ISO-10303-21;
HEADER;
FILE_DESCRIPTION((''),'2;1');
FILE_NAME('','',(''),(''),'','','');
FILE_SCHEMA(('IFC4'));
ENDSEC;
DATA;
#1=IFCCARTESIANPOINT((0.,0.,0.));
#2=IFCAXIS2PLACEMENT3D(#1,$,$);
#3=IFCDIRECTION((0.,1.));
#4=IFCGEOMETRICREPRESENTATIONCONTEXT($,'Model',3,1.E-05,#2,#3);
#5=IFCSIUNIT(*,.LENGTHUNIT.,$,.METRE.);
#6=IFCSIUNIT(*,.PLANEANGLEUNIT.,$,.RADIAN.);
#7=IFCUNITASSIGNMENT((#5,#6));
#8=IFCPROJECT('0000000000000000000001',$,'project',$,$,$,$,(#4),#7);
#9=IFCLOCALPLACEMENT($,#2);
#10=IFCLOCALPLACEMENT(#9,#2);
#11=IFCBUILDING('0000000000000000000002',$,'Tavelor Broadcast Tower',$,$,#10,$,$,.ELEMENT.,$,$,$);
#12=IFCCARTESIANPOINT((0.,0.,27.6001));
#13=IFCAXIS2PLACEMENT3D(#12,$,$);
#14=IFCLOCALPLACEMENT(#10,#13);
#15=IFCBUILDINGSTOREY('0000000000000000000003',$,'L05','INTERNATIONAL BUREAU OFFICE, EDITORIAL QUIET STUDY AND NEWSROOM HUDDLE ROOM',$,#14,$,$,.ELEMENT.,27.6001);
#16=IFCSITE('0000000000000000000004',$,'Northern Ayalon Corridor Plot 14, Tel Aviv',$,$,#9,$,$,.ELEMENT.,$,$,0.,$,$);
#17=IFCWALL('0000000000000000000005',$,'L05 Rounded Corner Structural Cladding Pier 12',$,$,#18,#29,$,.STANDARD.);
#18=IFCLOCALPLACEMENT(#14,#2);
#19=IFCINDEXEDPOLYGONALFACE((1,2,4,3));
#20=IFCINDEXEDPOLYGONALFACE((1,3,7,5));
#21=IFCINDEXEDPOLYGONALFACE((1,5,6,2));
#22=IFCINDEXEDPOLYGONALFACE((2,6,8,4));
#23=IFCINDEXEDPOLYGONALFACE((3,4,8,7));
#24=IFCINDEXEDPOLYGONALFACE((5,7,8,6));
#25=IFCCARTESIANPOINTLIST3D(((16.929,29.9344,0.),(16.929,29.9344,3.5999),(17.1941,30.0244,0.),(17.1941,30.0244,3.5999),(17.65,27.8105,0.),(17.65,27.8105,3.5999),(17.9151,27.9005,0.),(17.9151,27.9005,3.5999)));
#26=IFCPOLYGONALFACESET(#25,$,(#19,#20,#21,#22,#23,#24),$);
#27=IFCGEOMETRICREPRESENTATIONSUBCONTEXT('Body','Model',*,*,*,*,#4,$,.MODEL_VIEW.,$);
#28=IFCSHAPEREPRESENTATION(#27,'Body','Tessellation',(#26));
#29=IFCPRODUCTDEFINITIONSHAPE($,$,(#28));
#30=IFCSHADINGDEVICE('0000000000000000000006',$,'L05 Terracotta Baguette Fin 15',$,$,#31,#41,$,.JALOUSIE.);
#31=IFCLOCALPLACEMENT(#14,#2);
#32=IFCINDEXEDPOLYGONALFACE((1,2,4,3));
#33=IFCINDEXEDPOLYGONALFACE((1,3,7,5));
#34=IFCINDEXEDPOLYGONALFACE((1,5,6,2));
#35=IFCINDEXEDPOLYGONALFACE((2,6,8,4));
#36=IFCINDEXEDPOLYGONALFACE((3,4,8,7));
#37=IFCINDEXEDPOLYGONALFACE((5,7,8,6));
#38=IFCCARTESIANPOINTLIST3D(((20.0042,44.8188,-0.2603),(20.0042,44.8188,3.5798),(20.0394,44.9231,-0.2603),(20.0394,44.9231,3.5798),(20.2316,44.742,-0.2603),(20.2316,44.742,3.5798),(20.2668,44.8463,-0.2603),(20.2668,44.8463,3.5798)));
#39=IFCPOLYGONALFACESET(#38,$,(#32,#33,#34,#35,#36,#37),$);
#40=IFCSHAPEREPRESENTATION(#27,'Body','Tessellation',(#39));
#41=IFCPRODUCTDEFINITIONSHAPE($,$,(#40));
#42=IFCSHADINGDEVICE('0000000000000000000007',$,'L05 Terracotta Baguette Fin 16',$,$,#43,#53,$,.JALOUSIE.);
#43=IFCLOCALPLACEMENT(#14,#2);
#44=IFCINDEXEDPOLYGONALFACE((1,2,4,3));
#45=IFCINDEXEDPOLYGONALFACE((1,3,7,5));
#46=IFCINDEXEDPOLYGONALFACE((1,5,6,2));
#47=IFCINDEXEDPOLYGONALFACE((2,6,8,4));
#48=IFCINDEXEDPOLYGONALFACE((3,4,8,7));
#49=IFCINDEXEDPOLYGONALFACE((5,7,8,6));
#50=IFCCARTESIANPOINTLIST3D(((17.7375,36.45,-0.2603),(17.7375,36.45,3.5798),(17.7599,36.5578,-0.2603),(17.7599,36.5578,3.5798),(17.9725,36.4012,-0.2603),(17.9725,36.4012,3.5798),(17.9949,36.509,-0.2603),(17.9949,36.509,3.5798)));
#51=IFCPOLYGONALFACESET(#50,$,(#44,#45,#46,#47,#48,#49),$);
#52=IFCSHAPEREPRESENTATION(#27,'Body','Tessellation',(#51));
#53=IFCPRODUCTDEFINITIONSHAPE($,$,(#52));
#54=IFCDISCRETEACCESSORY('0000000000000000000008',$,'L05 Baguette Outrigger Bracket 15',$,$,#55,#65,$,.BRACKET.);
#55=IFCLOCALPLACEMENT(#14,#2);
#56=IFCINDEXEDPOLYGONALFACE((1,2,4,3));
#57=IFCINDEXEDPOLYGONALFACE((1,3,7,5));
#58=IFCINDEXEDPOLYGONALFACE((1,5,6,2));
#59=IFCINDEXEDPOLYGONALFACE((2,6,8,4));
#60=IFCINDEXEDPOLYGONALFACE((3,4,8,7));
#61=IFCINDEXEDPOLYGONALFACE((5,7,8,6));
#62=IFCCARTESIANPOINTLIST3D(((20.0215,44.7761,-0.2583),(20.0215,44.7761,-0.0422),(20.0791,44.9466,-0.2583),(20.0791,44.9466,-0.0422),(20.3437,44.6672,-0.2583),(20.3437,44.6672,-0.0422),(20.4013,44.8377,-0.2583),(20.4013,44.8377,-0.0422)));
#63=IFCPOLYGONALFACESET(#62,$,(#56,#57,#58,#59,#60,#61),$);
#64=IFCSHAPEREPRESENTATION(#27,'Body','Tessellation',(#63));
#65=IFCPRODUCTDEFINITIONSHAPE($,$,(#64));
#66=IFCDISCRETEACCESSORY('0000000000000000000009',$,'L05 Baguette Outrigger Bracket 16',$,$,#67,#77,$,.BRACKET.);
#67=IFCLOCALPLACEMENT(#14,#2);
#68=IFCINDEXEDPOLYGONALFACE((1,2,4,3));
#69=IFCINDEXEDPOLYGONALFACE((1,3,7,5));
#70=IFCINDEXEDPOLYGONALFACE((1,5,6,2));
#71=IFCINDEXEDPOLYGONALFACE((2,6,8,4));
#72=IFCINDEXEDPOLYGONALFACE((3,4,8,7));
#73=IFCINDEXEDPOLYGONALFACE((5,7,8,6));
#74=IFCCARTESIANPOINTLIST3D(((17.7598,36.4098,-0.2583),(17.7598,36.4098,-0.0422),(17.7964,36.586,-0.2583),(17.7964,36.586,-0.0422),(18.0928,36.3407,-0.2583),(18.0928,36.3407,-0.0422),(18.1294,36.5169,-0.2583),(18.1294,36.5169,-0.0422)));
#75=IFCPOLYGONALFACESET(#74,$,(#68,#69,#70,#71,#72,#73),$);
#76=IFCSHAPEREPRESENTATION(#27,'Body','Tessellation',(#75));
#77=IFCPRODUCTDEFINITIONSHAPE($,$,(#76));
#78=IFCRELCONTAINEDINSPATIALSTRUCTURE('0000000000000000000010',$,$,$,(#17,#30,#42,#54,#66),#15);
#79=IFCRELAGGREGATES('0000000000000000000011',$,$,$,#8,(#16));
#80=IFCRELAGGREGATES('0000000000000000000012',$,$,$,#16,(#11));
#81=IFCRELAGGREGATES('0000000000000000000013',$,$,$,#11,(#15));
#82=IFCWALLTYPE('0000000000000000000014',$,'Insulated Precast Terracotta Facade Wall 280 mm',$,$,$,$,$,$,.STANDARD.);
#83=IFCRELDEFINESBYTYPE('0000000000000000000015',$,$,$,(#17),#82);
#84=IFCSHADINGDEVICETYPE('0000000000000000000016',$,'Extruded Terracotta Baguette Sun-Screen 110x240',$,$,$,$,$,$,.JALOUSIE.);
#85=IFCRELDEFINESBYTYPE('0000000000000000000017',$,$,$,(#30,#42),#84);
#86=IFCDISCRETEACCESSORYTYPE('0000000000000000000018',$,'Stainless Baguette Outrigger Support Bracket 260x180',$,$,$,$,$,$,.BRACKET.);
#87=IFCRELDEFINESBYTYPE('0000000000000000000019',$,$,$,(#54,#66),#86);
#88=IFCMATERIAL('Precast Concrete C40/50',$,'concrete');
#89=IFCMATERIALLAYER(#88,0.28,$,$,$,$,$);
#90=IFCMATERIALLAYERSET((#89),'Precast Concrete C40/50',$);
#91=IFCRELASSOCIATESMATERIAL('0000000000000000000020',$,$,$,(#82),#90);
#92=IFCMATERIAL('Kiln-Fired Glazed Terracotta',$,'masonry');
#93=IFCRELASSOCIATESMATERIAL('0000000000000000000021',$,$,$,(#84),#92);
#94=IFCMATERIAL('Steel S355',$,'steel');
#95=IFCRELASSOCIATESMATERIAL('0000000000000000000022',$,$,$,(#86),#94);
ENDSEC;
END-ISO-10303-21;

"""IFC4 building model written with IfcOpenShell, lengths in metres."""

from ifc_helpers import new_model, si_unit, direction, frame, frame_2d, origin, origin_2d, place, context, subcontext, project, spatial, rectangle, extrude, source, transform, mapped, material, layer, layer_set, type_object, type_shapes, element, save


model = new_model("IFC4")

# Units and contexts
model_context = context("Model", 3, precision=1e-05, world=origin(), true_north=direction((0.0, 1.0)))
body_context = subcontext(model_context, "Body", "Model", "MODEL_VIEW")
ifc_project = project(units=[si_unit("LENGTHUNIT", "METRE"), si_unit("PLANEANGLEUNIT", "RADIAN")], contexts=[model_context])

# Site, building, storey
site_placement = place(None, origin())
site = spatial("IfcSite", under=ifc_project, at=site_placement, Name="Northern Ayalon Corridor Plot 14, Tel Aviv", CompositionType="ELEMENT", RefElevation=0.0)
building_placement = place(site_placement, origin())
building = spatial("IfcBuilding", under=site, at=building_placement, Name="Tavelor Broadcast Tower", CompositionType="ELEMENT")
storey_placement = place(building_placement, frame((0.0, 0.0, 27.6001)))
storey = spatial("IfcBuildingStorey", under=building, at=storey_placement, Name="L05", Description="INTERNATIONAL BUREAU OFFICE, EDITORIAL QUIET STUDY AND NEWSROOM HUDDLE ROOM", CompositionType="ELEMENT", Elevation=27.6001)

# Shared definitions
ifc_material_1 = material(Name="Steel S355", Category="steel")

# Wall
ifc_material_2 = material(Name="Precast Concrete C40/50", Category="concrete")
ifc_layer_1 = layer(ifc_material_2, 0.28)
ifc_layer_set_1 = layer_set([ifc_layer_1], Name="Precast Concrete C40/50")
wall_type_1 = type_object("IfcWallType", Name="Insulated Precast Terracotta Facade Wall 280 mm", PredefinedType="STANDARD", material=ifc_layer_set_1)
wall_1_placement = place(storey_placement, frame((17.0615, 29.9795, 0.0), z_axis=(0.0, 0.0, 1.0), x_axis=(0.321448, -0.946927, 0.0)))
element("IfcWall", 1, at=wall_1_placement, inside=storey, type_object=wall_type_1, Name="L05 Rounded Corner Structural Cladding Pier 12", PredefinedType="STANDARD", context=body_context, shape_type="SweptSolid", body=[
    extrude(rectangle(XDim=2.2429, YDim=0.28, at=frame_2d((1.1216, 0.0))), origin(), (0.0, 0.0, 1.0), 3.5999),
])

# Shading devices
ifc_material_3 = material(Name="Kiln-Fired Glazed Terracotta", Category="masonry")
shading_device_type = type_object("IfcShadingDeviceType", Name="Extruded Terracotta Baguette Sun-Screen 110x240", PredefinedType="JALOUSIE", material=ifc_material_3)
shared_shape_1 = source(origin(), body_context, "Body", "SweptSolid", [
    extrude(rectangle(XDim=0.1101, YDim=0.24, at=origin_2d()), origin(), (0.0, 0.0, 1.0), 3.8401),
])
type_shapes(shading_device_type, [shared_shape_1])
for number, where, z_axis, x_axis, name in (
    (2, (20.1355, 44.8325, -0.2603), (0.0, 0.0, 1.0), (-0.320117, -0.947378, 0.0), "L05 Terracotta Baguette Fin 15"),
    (3, (17.8662, 36.4795, -0.2603), (0.0, 0.0, 1.0), (-0.203129, -0.979152, 0.0), "L05 Terracotta Baguette Fin 16"),
):
    element("IfcShadingDevice", number, at=place(storey_placement, frame(where, z_axis=z_axis, x_axis=x_axis)), inside=storey, type_object=shading_device_type, Name=name, PredefinedType="JALOUSIE", context=body_context, shape_type="MappedRepresentation", body=[
        mapped(shared_shape_1, transform((0.0, 0.0, 0.0), scale=1.0)),
    ])

# Discrete accessories
discrete_accessory_type = type_object("IfcDiscreteAccessoryType", Name="Stainless Baguette Outrigger Support Bracket 260x180", PredefinedType="BRACKET", material=ifc_material_1)
shared_shape_2 = source(origin(), body_context, "Body", "SweptSolid", [
    extrude(rectangle(XDim=0.1799, YDim=0.3401, at=origin_2d()), origin(), (0.0, 0.0, 1.0), 0.2161),
])
type_shapes(discrete_accessory_type, [shared_shape_2])
for number, where, z_axis, x_axis, name in (
    (4, (20.2114, 44.8069, -0.2583), (0.0, 0.0, 1.0), (-0.320117, -0.947378, 0.0), "L05 Baguette Outrigger Bracket 15"),
    (5, (17.9446, 36.4634, -0.2583), (0.0, 0.0, 1.0), (-0.203129, -0.979152, 0.0), "L05 Baguette Outrigger Bracket 16"),
):
    element("IfcDiscreteAccessory", number, at=place(storey_placement, frame(where, z_axis=z_axis, x_axis=x_axis)), inside=storey, type_object=discrete_accessory_type, Name=name, PredefinedType="BRACKET", context=body_context, shape_type="MappedRepresentation", body=[
        mapped(shared_shape_2, transform((0.0, 0.0, 0.0), scale=1.0)),
    ])

save(model, "model.ifc")
